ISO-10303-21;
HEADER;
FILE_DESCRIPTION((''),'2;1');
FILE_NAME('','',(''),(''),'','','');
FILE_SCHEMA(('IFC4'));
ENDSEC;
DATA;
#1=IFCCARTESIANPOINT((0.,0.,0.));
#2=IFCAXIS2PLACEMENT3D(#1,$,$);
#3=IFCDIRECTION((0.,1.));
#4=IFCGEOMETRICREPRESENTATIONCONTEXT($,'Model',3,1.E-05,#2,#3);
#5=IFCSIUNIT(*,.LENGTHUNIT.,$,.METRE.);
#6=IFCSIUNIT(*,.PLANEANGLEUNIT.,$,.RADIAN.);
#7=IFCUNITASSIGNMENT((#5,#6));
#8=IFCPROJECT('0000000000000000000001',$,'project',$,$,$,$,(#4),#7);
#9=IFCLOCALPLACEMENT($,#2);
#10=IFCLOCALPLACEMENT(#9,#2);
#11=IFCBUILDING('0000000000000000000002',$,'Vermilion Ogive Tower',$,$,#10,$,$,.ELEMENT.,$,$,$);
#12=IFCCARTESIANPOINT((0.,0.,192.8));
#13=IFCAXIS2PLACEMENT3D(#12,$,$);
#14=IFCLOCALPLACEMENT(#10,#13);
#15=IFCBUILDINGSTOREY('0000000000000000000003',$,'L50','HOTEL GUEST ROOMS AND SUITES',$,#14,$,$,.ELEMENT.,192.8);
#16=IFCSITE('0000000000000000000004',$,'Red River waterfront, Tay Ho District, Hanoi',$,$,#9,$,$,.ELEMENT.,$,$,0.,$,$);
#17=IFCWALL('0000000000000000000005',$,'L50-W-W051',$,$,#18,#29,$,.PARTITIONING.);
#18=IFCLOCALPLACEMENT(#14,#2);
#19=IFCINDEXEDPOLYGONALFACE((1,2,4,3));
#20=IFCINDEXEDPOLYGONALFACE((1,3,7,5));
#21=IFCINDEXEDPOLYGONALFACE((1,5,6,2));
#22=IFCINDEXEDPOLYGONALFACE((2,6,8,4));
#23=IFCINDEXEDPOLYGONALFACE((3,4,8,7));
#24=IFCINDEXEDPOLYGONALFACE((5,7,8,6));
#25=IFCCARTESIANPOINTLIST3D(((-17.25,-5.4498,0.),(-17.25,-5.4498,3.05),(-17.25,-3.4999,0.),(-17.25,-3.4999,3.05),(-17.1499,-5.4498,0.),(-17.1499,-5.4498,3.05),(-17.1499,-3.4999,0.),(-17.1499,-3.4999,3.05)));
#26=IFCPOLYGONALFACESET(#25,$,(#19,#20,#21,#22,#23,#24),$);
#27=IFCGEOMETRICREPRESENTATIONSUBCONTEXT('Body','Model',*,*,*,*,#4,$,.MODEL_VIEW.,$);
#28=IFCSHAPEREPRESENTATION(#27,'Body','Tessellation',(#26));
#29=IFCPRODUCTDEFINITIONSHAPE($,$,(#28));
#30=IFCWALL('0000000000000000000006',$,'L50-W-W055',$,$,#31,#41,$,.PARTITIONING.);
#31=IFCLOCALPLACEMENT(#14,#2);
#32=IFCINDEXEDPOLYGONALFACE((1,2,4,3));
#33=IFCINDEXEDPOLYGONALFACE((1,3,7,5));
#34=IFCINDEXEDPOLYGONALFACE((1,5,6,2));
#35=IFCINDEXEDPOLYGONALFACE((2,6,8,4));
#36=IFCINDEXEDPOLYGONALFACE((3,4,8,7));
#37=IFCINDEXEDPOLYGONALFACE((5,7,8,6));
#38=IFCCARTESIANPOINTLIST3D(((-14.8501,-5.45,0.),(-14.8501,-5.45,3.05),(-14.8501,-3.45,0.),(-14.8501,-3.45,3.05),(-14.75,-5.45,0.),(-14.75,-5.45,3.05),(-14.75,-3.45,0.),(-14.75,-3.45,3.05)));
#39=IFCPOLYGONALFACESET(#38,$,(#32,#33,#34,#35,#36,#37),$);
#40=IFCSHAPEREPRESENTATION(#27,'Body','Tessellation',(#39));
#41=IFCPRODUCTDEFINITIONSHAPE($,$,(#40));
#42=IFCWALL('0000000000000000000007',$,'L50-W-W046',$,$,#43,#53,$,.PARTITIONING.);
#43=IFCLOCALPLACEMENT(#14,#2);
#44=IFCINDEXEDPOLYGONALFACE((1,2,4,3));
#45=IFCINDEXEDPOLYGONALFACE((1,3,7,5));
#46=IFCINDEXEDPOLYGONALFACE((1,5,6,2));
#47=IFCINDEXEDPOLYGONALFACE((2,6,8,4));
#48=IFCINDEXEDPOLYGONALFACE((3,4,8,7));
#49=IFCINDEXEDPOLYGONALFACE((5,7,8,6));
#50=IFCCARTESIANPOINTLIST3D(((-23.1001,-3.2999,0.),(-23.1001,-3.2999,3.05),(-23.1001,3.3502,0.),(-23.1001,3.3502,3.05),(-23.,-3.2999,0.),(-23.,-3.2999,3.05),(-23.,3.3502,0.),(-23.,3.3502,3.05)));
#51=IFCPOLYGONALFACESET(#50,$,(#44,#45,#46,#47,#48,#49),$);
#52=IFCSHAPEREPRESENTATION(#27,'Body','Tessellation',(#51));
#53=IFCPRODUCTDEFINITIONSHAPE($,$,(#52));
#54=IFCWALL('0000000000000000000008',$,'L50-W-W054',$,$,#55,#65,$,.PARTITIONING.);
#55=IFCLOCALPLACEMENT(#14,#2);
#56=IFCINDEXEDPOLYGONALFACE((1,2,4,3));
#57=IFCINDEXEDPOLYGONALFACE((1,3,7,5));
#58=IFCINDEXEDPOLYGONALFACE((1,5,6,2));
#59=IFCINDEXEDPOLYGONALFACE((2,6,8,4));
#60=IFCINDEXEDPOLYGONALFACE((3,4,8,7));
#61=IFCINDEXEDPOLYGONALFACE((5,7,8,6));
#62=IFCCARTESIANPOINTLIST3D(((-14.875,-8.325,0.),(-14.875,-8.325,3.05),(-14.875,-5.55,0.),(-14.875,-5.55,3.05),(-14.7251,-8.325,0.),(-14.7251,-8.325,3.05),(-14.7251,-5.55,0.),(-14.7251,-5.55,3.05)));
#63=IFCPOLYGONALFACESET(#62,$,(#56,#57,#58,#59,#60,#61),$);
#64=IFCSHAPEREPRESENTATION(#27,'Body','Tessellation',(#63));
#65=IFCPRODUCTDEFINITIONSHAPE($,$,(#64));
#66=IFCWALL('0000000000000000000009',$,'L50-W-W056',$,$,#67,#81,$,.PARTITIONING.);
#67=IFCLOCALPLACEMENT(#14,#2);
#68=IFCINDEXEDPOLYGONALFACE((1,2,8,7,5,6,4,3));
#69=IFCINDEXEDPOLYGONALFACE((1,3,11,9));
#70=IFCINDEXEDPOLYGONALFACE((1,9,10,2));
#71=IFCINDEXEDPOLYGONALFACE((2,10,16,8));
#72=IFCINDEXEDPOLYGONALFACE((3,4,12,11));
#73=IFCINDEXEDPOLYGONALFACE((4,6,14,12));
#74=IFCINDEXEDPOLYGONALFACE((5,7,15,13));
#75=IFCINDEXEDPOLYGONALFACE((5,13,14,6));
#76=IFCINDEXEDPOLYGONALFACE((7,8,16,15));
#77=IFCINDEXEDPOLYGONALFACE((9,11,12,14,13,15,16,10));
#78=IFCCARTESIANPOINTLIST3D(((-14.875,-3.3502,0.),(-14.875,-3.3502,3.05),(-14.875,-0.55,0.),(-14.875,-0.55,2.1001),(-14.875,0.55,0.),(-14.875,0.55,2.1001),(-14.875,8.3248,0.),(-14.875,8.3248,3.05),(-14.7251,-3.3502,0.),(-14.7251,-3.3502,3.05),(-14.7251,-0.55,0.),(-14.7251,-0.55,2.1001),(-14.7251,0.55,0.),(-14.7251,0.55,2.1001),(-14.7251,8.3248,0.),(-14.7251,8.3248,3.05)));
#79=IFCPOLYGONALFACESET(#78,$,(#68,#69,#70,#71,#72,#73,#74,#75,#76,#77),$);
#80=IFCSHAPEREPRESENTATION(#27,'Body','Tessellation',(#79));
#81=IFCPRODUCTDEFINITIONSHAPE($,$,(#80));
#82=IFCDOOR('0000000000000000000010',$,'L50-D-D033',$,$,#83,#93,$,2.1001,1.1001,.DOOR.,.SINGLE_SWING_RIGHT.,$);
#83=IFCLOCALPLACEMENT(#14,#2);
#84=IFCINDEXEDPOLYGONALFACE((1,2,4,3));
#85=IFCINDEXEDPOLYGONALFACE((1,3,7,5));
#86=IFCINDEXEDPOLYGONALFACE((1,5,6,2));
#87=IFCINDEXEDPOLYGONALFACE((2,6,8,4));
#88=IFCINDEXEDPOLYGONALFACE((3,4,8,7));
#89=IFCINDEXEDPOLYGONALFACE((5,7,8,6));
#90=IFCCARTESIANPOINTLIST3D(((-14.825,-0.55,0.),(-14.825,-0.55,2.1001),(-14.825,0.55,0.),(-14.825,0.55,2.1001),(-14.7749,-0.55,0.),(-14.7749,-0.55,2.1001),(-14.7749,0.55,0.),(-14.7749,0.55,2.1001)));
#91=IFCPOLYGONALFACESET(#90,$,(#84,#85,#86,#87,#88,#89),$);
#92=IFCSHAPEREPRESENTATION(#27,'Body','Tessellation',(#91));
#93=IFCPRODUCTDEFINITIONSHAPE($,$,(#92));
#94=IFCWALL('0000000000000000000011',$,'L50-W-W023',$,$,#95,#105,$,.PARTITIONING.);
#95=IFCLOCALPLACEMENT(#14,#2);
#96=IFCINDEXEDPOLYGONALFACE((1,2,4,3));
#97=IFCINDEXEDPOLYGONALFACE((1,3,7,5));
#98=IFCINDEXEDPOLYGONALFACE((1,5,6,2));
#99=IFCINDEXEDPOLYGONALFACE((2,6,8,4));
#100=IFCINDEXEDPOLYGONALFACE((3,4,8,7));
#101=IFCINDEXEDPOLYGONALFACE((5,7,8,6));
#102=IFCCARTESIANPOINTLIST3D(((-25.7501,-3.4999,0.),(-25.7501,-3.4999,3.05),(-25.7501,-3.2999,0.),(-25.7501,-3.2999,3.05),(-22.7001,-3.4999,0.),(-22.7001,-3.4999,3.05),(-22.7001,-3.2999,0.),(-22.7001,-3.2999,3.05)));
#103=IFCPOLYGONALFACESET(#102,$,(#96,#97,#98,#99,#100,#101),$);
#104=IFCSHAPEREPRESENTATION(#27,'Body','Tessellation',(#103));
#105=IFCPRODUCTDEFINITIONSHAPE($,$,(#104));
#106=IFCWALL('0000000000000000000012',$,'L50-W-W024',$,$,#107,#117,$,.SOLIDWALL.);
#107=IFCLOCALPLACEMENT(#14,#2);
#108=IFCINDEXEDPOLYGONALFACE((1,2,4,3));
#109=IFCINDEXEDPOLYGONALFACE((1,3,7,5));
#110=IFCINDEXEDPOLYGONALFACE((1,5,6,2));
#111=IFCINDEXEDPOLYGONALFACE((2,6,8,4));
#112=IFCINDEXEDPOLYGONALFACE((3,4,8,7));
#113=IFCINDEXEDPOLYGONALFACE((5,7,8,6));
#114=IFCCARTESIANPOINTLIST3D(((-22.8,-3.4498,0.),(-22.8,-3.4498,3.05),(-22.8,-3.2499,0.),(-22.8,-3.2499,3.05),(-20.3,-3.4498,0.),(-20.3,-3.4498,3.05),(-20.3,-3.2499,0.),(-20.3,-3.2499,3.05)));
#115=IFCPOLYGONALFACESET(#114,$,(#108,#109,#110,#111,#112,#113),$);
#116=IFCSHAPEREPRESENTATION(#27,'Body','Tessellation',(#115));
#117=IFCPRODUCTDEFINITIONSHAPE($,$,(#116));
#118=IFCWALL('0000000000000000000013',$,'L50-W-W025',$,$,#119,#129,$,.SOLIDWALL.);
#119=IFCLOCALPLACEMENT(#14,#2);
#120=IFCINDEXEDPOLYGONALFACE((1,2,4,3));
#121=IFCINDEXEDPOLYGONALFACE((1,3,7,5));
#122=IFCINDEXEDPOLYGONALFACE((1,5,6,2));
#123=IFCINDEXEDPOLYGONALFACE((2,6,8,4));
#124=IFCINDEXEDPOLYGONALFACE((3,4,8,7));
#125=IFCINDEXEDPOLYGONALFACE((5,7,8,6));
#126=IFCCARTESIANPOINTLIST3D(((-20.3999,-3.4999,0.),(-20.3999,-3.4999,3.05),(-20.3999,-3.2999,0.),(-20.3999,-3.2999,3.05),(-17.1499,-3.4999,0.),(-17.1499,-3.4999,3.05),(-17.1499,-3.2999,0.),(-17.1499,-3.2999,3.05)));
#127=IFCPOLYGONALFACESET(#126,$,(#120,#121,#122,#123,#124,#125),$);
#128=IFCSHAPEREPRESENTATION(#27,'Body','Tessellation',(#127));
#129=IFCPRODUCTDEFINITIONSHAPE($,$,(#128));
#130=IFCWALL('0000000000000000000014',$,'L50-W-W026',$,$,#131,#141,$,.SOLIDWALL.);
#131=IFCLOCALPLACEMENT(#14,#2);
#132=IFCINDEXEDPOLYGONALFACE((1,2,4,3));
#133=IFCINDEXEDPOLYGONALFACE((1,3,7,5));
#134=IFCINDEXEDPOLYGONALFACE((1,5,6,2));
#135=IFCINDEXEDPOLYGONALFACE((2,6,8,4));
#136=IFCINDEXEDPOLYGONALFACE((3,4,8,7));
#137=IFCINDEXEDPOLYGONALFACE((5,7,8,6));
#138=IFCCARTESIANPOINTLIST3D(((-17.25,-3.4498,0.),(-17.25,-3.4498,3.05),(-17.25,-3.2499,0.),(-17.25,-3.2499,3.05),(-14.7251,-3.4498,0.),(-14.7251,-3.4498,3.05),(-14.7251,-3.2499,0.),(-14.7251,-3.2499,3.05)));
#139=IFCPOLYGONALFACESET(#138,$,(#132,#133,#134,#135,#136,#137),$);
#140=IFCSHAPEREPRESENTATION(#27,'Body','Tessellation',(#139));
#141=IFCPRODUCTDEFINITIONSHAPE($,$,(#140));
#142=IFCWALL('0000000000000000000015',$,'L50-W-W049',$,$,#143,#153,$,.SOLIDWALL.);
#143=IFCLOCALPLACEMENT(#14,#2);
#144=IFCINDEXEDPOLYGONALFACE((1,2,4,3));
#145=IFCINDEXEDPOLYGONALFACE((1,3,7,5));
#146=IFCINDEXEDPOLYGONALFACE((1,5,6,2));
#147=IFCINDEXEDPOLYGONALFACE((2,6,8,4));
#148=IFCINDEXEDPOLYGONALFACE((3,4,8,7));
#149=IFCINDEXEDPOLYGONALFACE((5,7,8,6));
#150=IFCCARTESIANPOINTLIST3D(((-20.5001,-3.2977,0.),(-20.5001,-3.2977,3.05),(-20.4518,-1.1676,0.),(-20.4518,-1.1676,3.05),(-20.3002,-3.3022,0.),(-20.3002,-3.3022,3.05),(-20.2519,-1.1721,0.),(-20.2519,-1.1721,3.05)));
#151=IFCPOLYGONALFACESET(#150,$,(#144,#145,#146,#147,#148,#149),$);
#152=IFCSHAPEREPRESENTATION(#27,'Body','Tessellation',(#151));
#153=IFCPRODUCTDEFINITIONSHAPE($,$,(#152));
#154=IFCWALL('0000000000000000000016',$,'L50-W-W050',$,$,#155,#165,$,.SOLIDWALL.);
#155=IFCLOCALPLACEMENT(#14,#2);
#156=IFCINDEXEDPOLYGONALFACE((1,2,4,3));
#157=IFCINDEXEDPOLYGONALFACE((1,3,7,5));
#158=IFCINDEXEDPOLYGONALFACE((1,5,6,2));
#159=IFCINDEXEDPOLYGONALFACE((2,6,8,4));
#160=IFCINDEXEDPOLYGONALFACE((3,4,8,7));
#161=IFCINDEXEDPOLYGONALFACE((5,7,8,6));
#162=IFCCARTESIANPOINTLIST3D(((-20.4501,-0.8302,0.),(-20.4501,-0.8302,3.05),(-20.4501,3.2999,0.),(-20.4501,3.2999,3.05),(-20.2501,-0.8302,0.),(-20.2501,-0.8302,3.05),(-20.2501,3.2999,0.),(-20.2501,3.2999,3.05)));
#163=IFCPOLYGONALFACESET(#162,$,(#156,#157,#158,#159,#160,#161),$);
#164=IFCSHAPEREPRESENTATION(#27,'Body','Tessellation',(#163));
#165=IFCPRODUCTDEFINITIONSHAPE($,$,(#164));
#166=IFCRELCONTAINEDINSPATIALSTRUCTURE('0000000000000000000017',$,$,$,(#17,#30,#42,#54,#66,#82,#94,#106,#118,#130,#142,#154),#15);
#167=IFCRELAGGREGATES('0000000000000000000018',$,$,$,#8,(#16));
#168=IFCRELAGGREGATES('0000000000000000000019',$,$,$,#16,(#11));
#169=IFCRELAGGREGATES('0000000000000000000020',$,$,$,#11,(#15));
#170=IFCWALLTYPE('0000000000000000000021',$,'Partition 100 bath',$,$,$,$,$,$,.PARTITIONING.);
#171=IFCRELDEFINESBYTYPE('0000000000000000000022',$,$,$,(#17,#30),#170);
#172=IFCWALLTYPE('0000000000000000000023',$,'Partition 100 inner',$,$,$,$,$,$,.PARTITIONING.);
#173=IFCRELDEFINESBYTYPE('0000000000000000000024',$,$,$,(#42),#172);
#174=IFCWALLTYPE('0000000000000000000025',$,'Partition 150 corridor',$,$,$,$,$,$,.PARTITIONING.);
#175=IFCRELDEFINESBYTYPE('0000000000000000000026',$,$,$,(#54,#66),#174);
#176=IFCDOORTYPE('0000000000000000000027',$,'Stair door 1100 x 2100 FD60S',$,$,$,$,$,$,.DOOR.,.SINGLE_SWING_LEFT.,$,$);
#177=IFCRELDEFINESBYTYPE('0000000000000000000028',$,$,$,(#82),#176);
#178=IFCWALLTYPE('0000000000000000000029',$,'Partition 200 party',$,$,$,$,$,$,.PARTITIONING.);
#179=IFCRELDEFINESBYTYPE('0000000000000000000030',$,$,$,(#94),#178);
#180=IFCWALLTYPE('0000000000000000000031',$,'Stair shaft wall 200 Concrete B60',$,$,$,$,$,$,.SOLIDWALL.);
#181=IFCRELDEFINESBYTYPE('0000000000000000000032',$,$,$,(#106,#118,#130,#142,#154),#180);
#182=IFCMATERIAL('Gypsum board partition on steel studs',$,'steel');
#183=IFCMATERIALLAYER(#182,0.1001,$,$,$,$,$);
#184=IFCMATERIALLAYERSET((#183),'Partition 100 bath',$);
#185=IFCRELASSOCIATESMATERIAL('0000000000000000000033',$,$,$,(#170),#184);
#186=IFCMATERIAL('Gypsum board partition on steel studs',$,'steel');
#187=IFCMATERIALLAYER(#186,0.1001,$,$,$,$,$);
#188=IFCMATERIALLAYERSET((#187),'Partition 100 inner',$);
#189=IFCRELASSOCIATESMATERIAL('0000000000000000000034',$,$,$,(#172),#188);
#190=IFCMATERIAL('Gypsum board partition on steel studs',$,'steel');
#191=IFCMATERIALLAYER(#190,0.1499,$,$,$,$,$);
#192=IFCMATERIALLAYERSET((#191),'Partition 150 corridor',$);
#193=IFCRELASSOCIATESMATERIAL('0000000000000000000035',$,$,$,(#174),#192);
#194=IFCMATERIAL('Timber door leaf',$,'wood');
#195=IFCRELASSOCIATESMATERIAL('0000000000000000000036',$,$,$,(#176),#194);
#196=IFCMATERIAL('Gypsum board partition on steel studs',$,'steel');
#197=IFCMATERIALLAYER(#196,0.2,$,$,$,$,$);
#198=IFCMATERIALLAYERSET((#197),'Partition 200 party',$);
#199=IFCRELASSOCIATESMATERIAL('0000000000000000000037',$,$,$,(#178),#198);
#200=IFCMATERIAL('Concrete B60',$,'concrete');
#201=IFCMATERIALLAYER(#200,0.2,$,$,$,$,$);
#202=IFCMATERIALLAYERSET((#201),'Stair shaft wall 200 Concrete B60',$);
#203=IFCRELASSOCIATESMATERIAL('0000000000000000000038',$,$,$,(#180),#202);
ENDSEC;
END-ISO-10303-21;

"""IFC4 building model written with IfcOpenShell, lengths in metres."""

from ifc_helpers import new_model, si_unit, direction, frame, frame_2d, origin, place, context, subcontext, project, spatial, rectangle, extrude, material, layer, layer_set, type_object, element, fill, save


model = new_model("IFC4")

# Units and contexts
model_context = context("Model", 3, precision=1e-05, world=origin(), true_north=direction((0.0, 1.0)))
body_context = subcontext(model_context, "Body", "Model", "MODEL_VIEW")
ifc_project = project(units=[si_unit("LENGTHUNIT", "METRE"), si_unit("PLANEANGLEUNIT", "RADIAN")], contexts=[model_context])

# Site, building, storey
site_placement = place(None, origin())
site = spatial("IfcSite", under=ifc_project, at=site_placement, Name="Red River waterfront, Tay Ho District, Hanoi", CompositionType="ELEMENT", RefElevation=0.0)
building_placement = place(site_placement, origin())
building = spatial("IfcBuilding", under=site, at=building_placement, Name="Vermilion Ogive Tower", CompositionType="ELEMENT")
storey_placement = place(building_placement, frame((0.0, 0.0, 192.8)))
storey = spatial("IfcBuildingStorey", under=building, at=storey_placement, Name="L50", Description="HOTEL GUEST ROOMS AND SUITES", CompositionType="ELEMENT", Elevation=192.8)

# Shared definitions
ifc_material_1 = material(Name="Gypsum board partition on steel studs", Category="steel")
ifc_layer_1 = layer(ifc_material_1, 0.1001)
ifc_layer_set_1 = layer_set([ifc_layer_1], Name="Partition 100 bath")
wall_type_1 = type_object("IfcWallType", Name="Partition 100 bath", PredefinedType="PARTITIONING", material=ifc_layer_set_1)

# Walls
wall_1_placement = place(storey_placement, frame((-17.2, -5.45, 0.0), z_axis=(0.0, 0.0, 1.0), x_axis=(0.0, 1.0, 0.0)))
element("IfcWall", 1, at=wall_1_placement, inside=storey, type_object=wall_type_1, Name="L50-W-W051", PredefinedType="PARTITIONING", context=body_context, shape_type="SweptSolid", body=[
    extrude(rectangle(XDim=1.95, YDim=0.1001, at=frame_2d((0.9751, 0.0))), origin(), (0.0, 0.0, 1.0), 3.05),
])
wall_2_placement = place(storey_placement, frame((-14.8, -5.45, 0.0), z_axis=(0.0, 0.0, 1.0), x_axis=(0.0, 1.0, 0.0)))
element("IfcWall", 2, at=wall_2_placement, inside=storey, type_object=wall_type_1, Name="L50-W-W055", PredefinedType="PARTITIONING", context=body_context, shape_type="SweptSolid", body=[
    extrude(rectangle(XDim=2.0, YDim=0.1001, at=frame_2d((1.0, 0.0))), origin(), (0.0, 0.0, 1.0), 3.05),
])
ifc_material_2 = material(Name="Gypsum board partition on steel studs", Category="steel")
ifc_layer_2 = layer(ifc_material_2, 0.1001)
ifc_layer_set_2 = layer_set([ifc_layer_2], Name="Partition 100 inner")
wall_type_2 = type_object("IfcWallType", Name="Partition 100 inner", PredefinedType="PARTITIONING", material=ifc_layer_set_2)
wall_3_placement = place(storey_placement, frame((-23.05, -3.3, 0.0), z_axis=(0.0, 0.0, 1.0), x_axis=(0.0, 1.0, 0.0)))
element("IfcWall", 3, at=wall_3_placement, inside=storey, type_object=wall_type_2, Name="L50-W-W046", PredefinedType="PARTITIONING", context=body_context, shape_type="SweptSolid", body=[
    extrude(rectangle(XDim=6.6501, YDim=0.1001, at=frame_2d((3.3252, 0.0))), origin(), (0.0, 0.0, 1.0), 3.05),
])
ifc_material_3 = material(Name="Gypsum board partition on steel studs", Category="steel")
ifc_layer_3 = layer(ifc_material_3, 0.1499)
ifc_layer_set_3 = layer_set([ifc_layer_3], Name="Partition 150 corridor")
wall_type_3 = type_object("IfcWallType", Name="Partition 150 corridor", PredefinedType="PARTITIONING", material=ifc_layer_set_3)
wall_4_placement = place(storey_placement, frame((-14.8, -8.325, 0.0), z_axis=(0.0, 0.0, 1.0), x_axis=(0.0, 1.0, 0.0)))
element("IfcWall", 4, at=wall_4_placement, inside=storey, type_object=wall_type_3, Name="L50-W-W054", PredefinedType="PARTITIONING", context=body_context, shape_type="SweptSolid", body=[
    extrude(rectangle(XDim=2.7749, YDim=0.1499, at=frame_2d((1.3875, 0.0))), origin(), (0.0, 0.0, 1.0), 3.05),
])

# Wall, opening, door
wall_5_placement = place(storey_placement, frame((-14.8, -3.3501, 0.0), z_axis=(0.0, 0.0, 1.0), x_axis=(0.0, 1.0, 0.0)))
wall_5 = element("IfcWall", 5, at=wall_5_placement, inside=storey, type_object=wall_type_3, Name="L50-W-W056", PredefinedType="PARTITIONING", context=body_context, shape_type="SweptSolid", body=[
    extrude(rectangle(XDim=11.675, YDim=0.1499, at=frame_2d((5.8374, 0.0))), origin(), (0.0, 0.0, 1.0), 3.05),
])
opening_1_placement = place(wall_5_placement, frame((2.8, 0.0, 0.0)))
opening_1 = element("IfcOpeningElement", 6, at=opening_1_placement, cuts=wall_5, PredefinedType="OPENING", context=body_context, shape_type="SweptSolid", body=[
    extrude(rectangle(XDim=1.1001, YDim=2.1001, at=frame_2d((0.55, 1.05))), frame((0.0, 0.085, 0.0), z_axis=(0.0, -1.0, 0.0), x_axis=(1.0, 0.0, 0.0)), (0.0, 0.0, 1.0), 0.1699),
])
ifc_material_4 = material(Name="Timber door leaf", Category="wood")
door_type_1 = type_object("IfcDoorType", Name="Stair door 1100 x 2100 FD60S", OperationType="SINGLE_SWING_LEFT", PredefinedType="DOOR", material=ifc_material_4)
door_1_placement = place(opening_1_placement, origin())
door_1 = element("IfcDoor", 7, at=door_1_placement, inside=storey, type_object=door_type_1, Name="L50-D-D033", OperationType="SINGLE_SWING_RIGHT", OverallHeight=2.1001, OverallWidth=1.1001, PredefinedType="DOOR", context=body_context, shape_type="SweptSolid", body=[
    extrude(rectangle(XDim=1.1001, YDim=2.1001, at=frame_2d((0.55, 1.05))), frame((0.0, 0.0249, 0.0), z_axis=(0.0, -1.0, 0.0), x_axis=(1.0, 0.0, 0.0)), (0.0, 0.0, 1.0), 0.05),
])
fill(opening_1, door_1)

# Walls
ifc_material_5 = material(Name="Gypsum board partition on steel studs", Category="steel")
ifc_layer_4 = layer(ifc_material_5, 0.2)
ifc_layer_set_4 = layer_set([ifc_layer_4], Name="Partition 200 party")
wall_type_4 = type_object("IfcWallType", Name="Partition 200 party", PredefinedType="PARTITIONING", material=ifc_layer_set_4)
wall_6_placement = place(storey_placement, frame((-25.75, -3.3999, 0.0), z_axis=(0.0, 0.0, 1.0), x_axis=(1.0, 0.0, 0.0)))
element("IfcWall", 8, at=wall_6_placement, inside=storey, type_object=wall_type_4, Name="L50-W-W023", PredefinedType="PARTITIONING", context=body_context, shape_type="SweptSolid", body=[
    extrude(rectangle(XDim=3.05, YDim=0.2, at=frame_2d((1.5249, 0.0))), origin(), (0.0, 0.0, 1.0), 3.05),
])
ifc_material_6 = material(Name="Concrete B60", Category="concrete")
ifc_layer_5 = layer(ifc_material_6, 0.2)
ifc_layer_set_5 = layer_set([ifc_layer_5], Name="Stair shaft wall 200 Concrete B60")
wall_type_5 = type_object("IfcWallType", Name="Stair shaft wall 200 Concrete B60", PredefinedType="SOLIDWALL", material=ifc_layer_set_5)
wall_7_placement = place(storey_placement, frame((-22.8, -3.3499, 0.0), z_axis=(0.0, 0.0, 1.0), x_axis=(1.0, 0.0, 0.0)))
element("IfcWall", 9, at=wall_7_placement, inside=storey, type_object=wall_type_5, Name="L50-W-W024", PredefinedType="SOLIDWALL", context=body_context, shape_type="SweptSolid", body=[
    extrude(rectangle(XDim=2.5, YDim=0.2, at=frame_2d((1.25, 0.0))), origin(), (0.0, 0.0, 1.0), 3.05),
])
wall_8_placement = place(storey_placement, frame((-20.3999, -3.3999, 0.0), z_axis=(0.0, 0.0, 1.0), x_axis=(1.0, 0.0, 0.0)))
element("IfcWall", 10, at=wall_8_placement, inside=storey, type_object=wall_type_5, Name="L50-W-W025", PredefinedType="SOLIDWALL", context=body_context, shape_type="SweptSolid", body=[
    extrude(rectangle(XDim=3.25, YDim=0.2, at=frame_2d((1.625, 0.0))), origin(), (0.0, 0.0, 1.0), 3.05),
])
wall_9_placement = place(storey_placement, frame((-17.25, -3.3499, 0.0), z_axis=(0.0, 0.0, 1.0), x_axis=(1.0, 0.0, 0.0)))
element("IfcWall", 11, at=wall_9_placement, inside=storey, type_object=wall_type_5, Name="L50-W-W026", PredefinedType="SOLIDWALL", context=body_context, shape_type="SweptSolid", body=[
    extrude(rectangle(XDim=2.5249, YDim=0.2, at=frame_2d((1.2625, 0.0))), origin(), (0.0, 0.0, 1.0), 3.05),
])
wall_10_placement = place(storey_placement, frame((-20.4001, -3.3, 0.0), z_axis=(0.0, 0.0, 1.0), x_axis=(0.022688, 0.999743, 0.0)))
element("IfcWall", 12, at=wall_10_placement, inside=storey, type_object=wall_type_5, Name="L50-W-W049", PredefinedType="SOLIDWALL", context=body_context, shape_type="SweptSolid", body=[
    extrude(rectangle(XDim=2.1306, YDim=0.2, at=frame_2d((1.0654, 0.0))), origin(), (0.0, 0.0, 1.0), 3.05),
])
wall_11_placement = place(storey_placement, frame((-20.3501, -0.8301, 0.0), z_axis=(0.0, 0.0, 1.0), x_axis=(0.0, 1.0, 0.0)))
element("IfcWall", 13, at=wall_11_placement, inside=storey, type_object=wall_type_5, Name="L50-W-W050", PredefinedType="SOLIDWALL", context=body_context, shape_type="SweptSolid", body=[
    extrude(rectangle(XDim=4.1301, YDim=0.2, at=frame_2d((2.0649, 0.0))), origin(), (0.0, 0.0, 1.0), 3.05),
])

save(model, "model.ifc")
